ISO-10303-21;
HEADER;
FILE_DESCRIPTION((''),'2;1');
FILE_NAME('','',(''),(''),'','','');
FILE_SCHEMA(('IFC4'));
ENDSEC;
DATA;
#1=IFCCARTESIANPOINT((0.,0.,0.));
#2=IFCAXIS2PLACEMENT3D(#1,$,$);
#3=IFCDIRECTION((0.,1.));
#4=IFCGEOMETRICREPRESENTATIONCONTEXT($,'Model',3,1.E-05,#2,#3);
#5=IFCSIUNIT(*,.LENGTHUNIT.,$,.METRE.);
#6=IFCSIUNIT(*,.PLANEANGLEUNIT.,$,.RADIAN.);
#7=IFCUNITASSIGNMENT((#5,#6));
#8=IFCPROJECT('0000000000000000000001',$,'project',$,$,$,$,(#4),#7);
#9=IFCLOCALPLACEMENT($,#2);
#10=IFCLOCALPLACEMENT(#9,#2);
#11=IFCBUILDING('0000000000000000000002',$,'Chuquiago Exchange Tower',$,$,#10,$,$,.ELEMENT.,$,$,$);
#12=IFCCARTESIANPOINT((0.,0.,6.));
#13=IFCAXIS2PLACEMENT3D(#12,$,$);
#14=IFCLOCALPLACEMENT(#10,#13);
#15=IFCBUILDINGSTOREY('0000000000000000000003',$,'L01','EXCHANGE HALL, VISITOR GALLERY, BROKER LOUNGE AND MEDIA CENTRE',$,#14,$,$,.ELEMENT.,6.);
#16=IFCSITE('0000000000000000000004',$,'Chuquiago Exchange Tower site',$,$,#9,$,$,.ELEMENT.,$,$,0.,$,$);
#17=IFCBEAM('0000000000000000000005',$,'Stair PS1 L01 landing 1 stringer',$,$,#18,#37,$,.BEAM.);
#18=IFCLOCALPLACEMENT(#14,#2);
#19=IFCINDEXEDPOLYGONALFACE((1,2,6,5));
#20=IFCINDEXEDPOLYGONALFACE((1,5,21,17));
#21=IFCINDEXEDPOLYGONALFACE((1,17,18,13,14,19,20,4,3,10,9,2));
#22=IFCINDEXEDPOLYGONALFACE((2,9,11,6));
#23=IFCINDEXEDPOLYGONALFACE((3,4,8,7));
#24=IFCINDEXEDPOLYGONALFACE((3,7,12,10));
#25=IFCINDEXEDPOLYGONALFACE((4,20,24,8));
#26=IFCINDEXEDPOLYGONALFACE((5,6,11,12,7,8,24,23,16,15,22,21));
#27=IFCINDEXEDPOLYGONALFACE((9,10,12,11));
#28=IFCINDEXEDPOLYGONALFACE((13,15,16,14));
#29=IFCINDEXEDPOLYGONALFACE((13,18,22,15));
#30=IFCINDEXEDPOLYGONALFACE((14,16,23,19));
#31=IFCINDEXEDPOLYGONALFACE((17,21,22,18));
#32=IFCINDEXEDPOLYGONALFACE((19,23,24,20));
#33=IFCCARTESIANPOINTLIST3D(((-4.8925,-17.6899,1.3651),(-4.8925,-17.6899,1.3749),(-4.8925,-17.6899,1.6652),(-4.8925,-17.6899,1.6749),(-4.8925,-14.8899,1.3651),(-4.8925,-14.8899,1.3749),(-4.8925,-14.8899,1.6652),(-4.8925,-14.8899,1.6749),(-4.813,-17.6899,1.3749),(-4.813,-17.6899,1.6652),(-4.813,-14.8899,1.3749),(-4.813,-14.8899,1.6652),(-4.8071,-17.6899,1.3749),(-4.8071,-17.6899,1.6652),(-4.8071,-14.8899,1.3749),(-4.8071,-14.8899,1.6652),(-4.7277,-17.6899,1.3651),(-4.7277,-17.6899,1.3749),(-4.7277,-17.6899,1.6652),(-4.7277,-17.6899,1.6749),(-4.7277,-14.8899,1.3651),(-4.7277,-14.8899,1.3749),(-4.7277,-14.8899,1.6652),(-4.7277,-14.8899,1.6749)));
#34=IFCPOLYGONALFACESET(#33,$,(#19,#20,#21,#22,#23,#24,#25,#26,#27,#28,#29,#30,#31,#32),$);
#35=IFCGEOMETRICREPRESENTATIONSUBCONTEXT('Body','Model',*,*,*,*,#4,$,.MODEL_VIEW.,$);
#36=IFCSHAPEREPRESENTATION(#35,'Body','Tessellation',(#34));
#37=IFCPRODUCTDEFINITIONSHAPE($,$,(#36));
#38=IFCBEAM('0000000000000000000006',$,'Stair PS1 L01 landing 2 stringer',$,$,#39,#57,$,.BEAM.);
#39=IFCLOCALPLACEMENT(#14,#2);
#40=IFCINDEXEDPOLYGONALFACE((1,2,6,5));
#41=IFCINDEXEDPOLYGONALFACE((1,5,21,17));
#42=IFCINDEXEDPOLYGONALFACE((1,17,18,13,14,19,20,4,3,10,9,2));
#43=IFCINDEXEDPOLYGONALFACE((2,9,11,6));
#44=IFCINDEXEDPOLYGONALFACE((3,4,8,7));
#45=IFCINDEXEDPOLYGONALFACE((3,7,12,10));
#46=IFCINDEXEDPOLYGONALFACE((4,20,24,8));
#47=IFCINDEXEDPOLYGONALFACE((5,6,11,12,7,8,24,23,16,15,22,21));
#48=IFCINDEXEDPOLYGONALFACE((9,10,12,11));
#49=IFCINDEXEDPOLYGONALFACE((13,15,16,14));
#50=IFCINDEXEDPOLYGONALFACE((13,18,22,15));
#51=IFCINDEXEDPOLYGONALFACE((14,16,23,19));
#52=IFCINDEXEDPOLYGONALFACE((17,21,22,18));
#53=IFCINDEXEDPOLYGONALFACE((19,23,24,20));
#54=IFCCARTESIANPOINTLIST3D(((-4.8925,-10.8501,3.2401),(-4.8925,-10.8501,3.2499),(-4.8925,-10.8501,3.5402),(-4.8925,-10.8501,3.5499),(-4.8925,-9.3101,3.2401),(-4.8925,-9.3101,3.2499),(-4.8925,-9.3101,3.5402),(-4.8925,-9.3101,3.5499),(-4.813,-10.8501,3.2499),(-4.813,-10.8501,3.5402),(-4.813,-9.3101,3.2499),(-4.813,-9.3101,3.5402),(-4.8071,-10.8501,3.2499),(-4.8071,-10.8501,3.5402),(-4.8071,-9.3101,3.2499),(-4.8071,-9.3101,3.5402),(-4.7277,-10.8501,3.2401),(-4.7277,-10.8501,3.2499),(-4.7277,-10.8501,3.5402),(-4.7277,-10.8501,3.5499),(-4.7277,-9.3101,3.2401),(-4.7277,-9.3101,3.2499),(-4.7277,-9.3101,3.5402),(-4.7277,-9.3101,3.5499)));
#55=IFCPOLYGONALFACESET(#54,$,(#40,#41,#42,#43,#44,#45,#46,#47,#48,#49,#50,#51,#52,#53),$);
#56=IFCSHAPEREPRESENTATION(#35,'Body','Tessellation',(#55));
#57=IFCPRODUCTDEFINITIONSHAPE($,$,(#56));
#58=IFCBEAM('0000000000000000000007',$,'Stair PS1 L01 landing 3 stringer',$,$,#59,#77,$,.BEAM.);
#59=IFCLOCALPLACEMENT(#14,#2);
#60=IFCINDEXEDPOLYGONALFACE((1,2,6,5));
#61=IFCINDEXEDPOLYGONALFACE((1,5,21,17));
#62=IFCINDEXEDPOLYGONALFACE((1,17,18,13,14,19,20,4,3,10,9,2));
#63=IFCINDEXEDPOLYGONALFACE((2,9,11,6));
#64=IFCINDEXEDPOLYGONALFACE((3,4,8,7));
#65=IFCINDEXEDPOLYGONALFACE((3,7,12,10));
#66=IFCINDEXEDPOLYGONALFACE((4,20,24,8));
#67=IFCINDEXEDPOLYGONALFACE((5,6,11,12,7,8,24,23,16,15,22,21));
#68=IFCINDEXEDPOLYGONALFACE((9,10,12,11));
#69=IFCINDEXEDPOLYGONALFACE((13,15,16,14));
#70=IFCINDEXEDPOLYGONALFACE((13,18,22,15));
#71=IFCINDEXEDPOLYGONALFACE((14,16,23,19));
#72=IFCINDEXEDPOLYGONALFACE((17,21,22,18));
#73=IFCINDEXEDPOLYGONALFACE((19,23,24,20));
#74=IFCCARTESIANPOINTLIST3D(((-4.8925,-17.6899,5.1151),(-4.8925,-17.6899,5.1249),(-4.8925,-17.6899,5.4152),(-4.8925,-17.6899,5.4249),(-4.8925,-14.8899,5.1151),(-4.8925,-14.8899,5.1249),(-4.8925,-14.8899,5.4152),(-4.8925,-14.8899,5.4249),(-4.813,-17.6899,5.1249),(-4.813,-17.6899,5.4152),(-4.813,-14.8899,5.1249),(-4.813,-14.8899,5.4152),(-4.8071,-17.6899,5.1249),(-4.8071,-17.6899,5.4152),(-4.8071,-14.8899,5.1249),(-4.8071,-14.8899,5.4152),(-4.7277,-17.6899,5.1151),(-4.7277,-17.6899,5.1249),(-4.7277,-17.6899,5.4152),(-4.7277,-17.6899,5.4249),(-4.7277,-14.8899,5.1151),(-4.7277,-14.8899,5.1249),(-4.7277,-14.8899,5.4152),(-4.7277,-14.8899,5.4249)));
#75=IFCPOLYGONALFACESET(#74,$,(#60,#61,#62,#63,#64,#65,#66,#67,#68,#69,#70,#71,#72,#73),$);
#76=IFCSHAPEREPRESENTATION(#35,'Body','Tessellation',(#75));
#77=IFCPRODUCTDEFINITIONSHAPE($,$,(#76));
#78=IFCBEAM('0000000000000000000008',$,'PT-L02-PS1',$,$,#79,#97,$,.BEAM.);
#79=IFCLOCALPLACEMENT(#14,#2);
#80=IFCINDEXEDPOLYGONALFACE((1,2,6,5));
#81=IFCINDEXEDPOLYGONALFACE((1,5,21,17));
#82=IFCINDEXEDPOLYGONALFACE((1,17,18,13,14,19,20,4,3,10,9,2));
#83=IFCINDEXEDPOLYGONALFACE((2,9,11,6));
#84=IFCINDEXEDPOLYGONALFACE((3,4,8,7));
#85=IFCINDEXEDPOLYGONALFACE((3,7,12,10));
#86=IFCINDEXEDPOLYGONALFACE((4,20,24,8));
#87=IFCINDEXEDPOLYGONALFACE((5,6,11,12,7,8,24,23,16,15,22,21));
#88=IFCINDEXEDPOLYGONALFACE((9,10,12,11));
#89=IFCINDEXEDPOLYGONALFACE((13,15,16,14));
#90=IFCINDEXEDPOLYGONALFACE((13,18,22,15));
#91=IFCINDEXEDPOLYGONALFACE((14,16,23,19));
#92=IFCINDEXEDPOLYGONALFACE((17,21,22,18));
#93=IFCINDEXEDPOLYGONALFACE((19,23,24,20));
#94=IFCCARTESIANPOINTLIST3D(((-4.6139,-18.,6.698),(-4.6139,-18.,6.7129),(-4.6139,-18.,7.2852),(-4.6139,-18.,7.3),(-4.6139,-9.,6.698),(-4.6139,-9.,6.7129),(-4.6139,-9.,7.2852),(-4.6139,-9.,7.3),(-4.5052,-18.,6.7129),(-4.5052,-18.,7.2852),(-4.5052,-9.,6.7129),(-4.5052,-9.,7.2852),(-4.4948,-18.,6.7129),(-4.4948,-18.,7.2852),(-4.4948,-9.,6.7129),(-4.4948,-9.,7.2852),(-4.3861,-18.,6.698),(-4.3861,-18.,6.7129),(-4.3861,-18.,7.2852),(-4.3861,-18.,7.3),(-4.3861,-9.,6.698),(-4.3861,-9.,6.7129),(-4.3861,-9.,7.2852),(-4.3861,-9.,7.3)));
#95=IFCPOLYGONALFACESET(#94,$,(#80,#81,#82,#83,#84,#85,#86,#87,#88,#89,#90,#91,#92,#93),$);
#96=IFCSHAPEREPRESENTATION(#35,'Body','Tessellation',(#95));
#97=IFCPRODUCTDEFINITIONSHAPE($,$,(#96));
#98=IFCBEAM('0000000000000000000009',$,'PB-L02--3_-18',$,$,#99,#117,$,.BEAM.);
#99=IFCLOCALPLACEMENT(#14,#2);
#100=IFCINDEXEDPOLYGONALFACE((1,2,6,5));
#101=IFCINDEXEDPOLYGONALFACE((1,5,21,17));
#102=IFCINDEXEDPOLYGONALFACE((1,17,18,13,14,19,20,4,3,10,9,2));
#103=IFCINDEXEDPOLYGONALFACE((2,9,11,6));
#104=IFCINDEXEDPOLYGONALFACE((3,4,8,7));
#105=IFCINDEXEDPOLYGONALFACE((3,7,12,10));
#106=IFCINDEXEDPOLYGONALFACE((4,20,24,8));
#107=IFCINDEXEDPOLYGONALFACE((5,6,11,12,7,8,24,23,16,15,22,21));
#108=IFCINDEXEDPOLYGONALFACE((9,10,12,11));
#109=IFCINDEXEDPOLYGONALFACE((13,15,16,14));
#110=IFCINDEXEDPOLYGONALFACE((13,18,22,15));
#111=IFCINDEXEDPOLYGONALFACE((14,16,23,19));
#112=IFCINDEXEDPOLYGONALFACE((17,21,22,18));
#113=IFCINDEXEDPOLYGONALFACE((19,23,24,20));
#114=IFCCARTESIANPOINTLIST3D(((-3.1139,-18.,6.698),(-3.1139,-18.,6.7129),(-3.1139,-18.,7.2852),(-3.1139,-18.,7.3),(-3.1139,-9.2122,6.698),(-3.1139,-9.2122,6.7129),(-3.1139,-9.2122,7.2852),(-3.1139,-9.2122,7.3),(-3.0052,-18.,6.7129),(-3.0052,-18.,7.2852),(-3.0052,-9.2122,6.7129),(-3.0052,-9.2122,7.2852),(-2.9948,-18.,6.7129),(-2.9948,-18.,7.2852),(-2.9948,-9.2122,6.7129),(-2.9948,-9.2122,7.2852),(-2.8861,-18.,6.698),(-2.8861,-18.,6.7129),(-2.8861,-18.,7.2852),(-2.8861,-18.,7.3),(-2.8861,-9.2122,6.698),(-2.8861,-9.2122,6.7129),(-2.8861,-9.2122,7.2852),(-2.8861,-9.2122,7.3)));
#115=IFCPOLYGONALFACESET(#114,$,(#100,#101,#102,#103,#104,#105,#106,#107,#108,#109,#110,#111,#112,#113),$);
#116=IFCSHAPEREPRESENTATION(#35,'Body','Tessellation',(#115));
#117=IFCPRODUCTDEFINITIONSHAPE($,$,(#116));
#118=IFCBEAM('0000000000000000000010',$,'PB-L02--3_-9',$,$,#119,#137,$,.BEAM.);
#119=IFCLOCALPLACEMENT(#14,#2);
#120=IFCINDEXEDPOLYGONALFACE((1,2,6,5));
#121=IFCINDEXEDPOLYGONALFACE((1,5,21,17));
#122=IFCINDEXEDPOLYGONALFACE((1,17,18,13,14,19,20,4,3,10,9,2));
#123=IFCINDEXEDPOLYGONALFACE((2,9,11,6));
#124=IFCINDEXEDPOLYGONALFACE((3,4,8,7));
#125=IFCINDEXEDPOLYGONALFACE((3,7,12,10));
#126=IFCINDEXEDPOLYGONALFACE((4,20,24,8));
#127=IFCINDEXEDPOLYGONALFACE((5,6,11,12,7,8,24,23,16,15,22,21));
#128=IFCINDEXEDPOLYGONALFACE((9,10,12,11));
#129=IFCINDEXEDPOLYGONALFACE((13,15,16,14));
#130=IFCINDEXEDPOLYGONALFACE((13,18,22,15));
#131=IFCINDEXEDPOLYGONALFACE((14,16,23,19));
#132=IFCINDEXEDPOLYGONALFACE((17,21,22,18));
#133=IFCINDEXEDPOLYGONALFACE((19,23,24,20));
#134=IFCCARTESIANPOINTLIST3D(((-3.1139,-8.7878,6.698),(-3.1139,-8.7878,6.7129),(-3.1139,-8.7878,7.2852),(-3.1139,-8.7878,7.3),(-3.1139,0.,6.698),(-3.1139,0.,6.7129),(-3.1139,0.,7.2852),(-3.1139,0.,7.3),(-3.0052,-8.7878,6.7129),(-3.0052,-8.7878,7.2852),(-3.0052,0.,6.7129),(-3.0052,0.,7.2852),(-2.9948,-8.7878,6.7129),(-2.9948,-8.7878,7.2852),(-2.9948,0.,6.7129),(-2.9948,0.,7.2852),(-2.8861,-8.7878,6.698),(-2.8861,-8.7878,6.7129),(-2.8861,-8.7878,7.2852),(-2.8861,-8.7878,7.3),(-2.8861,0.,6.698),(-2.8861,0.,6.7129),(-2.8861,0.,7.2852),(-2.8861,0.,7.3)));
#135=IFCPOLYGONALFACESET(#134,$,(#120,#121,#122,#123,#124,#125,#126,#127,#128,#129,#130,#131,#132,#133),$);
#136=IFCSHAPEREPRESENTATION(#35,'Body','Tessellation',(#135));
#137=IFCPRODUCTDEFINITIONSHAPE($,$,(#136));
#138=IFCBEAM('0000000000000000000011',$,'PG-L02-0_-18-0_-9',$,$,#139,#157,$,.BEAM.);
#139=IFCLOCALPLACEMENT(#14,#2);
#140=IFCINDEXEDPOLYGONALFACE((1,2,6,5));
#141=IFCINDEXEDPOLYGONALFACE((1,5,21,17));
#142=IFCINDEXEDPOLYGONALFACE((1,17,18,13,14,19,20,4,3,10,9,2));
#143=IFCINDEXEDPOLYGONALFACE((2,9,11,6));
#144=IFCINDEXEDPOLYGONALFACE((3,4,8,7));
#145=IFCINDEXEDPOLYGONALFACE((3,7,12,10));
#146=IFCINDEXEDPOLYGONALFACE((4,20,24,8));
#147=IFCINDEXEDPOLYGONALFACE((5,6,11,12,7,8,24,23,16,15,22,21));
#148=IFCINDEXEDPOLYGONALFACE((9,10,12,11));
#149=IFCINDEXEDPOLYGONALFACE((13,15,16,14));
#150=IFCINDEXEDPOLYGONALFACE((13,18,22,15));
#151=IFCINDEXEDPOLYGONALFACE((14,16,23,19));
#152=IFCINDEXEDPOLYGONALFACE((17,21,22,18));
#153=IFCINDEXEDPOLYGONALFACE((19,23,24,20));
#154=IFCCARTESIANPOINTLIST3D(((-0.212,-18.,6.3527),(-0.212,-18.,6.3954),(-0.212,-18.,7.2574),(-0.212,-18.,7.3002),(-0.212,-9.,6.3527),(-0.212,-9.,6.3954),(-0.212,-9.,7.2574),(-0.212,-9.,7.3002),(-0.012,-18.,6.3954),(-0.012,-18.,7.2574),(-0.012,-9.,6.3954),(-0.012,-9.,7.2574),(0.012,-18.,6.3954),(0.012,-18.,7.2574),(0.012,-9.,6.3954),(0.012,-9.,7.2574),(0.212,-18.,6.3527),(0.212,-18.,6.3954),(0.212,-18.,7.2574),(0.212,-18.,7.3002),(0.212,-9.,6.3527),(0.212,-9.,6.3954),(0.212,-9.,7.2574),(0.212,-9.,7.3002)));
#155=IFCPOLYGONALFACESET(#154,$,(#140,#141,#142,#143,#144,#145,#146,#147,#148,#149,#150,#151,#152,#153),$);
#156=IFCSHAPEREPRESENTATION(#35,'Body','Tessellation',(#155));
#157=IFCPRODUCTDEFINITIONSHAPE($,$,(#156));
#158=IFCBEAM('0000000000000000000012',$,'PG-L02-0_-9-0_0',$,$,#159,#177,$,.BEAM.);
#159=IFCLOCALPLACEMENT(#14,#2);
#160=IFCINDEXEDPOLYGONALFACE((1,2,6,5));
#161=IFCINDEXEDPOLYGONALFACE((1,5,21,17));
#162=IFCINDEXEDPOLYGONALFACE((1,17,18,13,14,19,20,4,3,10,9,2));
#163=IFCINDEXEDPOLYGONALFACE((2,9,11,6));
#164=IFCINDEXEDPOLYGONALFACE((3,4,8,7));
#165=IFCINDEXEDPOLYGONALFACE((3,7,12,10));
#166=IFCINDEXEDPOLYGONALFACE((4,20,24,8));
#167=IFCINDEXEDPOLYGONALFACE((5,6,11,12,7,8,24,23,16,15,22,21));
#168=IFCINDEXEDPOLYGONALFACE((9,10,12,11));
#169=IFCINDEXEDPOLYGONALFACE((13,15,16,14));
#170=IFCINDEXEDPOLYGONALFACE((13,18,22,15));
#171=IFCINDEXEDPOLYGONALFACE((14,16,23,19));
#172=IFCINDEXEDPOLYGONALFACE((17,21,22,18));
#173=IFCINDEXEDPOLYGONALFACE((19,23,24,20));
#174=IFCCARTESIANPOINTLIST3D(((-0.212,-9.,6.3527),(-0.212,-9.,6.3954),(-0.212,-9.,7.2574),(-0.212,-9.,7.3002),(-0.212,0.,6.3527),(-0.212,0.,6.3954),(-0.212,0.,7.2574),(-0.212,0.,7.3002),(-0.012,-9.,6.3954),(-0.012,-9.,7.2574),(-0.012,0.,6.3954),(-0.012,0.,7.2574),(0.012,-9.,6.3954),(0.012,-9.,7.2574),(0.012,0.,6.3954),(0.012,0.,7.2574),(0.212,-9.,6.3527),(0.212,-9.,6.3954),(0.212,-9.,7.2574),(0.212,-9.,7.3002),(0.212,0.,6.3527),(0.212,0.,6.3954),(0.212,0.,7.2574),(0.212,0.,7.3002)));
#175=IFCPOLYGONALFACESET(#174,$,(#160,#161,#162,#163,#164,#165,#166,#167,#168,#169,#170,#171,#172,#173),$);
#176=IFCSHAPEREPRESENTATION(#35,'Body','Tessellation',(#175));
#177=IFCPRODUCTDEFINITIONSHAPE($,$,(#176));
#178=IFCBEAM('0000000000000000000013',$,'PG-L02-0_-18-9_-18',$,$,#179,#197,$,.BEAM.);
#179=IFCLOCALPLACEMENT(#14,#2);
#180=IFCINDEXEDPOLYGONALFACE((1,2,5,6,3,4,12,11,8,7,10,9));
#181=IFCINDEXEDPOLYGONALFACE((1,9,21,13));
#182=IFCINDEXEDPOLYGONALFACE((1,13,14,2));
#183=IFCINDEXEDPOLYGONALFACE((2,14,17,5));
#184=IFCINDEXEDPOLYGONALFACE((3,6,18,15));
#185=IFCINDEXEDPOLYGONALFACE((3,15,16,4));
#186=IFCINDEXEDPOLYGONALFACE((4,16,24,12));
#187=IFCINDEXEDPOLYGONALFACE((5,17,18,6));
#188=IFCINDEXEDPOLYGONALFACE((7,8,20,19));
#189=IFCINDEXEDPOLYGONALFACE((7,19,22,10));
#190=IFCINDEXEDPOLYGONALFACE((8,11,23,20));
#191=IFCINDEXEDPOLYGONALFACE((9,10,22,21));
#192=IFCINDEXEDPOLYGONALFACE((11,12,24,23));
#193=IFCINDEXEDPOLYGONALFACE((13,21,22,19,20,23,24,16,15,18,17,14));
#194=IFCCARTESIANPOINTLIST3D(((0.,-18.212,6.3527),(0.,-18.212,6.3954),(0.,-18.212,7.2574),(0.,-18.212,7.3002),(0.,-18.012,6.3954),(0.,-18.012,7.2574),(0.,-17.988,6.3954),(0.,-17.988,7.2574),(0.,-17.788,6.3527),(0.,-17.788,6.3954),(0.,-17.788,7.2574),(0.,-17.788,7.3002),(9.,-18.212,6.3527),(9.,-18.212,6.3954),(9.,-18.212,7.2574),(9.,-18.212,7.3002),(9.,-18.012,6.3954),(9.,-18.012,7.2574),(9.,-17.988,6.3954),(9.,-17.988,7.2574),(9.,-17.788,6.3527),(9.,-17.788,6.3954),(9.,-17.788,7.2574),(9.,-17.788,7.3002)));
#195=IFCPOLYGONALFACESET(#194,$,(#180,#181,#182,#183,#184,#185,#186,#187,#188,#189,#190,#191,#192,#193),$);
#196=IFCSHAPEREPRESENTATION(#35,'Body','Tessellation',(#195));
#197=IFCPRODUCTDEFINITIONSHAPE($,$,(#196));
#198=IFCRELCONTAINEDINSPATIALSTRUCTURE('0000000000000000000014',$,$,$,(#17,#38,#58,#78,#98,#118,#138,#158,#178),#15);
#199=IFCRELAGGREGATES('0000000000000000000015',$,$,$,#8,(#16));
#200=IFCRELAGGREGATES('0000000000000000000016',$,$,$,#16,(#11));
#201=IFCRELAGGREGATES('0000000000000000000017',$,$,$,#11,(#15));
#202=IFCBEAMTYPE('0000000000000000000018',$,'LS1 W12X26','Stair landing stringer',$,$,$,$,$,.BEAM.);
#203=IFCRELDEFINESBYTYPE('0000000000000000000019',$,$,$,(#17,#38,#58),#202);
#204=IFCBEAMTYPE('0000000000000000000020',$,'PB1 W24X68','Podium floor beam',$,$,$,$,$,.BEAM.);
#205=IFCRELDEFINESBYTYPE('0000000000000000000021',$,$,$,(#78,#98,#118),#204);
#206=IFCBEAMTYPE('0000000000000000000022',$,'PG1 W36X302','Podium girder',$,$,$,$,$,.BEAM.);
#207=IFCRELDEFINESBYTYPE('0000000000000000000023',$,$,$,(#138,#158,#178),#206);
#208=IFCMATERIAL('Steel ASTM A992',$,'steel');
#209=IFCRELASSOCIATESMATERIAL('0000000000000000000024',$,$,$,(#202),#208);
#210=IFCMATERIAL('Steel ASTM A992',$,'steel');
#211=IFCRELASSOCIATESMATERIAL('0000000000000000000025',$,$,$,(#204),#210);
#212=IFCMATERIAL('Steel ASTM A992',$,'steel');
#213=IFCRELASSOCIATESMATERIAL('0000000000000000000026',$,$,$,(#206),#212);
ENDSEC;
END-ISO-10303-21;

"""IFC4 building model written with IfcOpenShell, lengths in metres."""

from ifc_helpers import new_model, si_unit, direction, frame, origin, origin_2d, place, context, subcontext, project, spatial, i_section, extrude, material, material_profile, profile_set, type_object, element, save


model = new_model("IFC4")

# Units and contexts
model_context = context("Model", 3, precision=1e-05, world=origin(), true_north=direction((0.0, 1.0)))
body_context = subcontext(model_context, "Body", "Model", "MODEL_VIEW")
ifc_project = project(units=[si_unit("LENGTHUNIT", "METRE"), si_unit("PLANEANGLEUNIT", "RADIAN")], contexts=[model_context])

# Site, building, storey
site_placement = place(None, origin())
site = spatial("IfcSite", under=ifc_project, at=site_placement, Name="Chuquiago Exchange Tower site", CompositionType="ELEMENT", RefElevation=0.0)
building_placement = place(site_placement, origin())
building = spatial("IfcBuilding", under=site, at=building_placement, Name="Chuquiago Exchange Tower", CompositionType="ELEMENT")
storey_placement = place(building_placement, frame((0.0, 0.0, 6.0)))
storey = spatial("IfcBuildingStorey", under=building, at=storey_placement, Name="L01", Description="EXCHANGE HALL, VISITOR GALLERY, BROKER LOUNGE AND MEDIA CENTRE", CompositionType="ELEMENT", Elevation=6.0)

# Beams
ifc_material_1 = material(Name="Steel ASTM A992", Category="steel")
ifc_material_profile_1 = material_profile(ifc_material_1, i_section(OverallWidth=0.1648, OverallDepth=0.3098, WebThickness=0.0059, FlangeThickness=0.0098, at=origin_2d()), Name="W12X26")
ifc_profile_set_1 = profile_set([ifc_material_profile_1], Name="Steel ASTM A992")
beam_type_1 = type_object("IfcBeamType", Name="LS1 W12X26", Description="Stair landing stringer", PredefinedType="BEAM", material=ifc_profile_set_1)
beam_1_placement = place(storey_placement, frame((-4.8101, -17.6899, 1.52), z_axis=(0.0, 1.0, 0.0), x_axis=(-1.0, 0.0, 0.0)))
element("IfcBeam", 1, at=beam_1_placement, inside=storey, type_object=beam_type_1, Name="Stair PS1 L01 landing 1 stringer", PredefinedType="BEAM", context=body_context, shape_type="SweptSolid", body=[
    extrude(i_section(OverallWidth=0.1648, OverallDepth=0.3098, WebThickness=0.0059, FlangeThickness=0.0098, at=origin_2d()), origin(), (0.0, 0.0, 1.0), 2.8),
])
beam_2_placement = place(storey_placement, frame((-4.8101, -10.8501, 3.395), z_axis=(0.0, 1.0, 0.0), x_axis=(-1.0, 0.0, 0.0)))
element("IfcBeam", 2, at=beam_2_placement, inside=storey, type_object=beam_type_1, Name="Stair PS1 L01 landing 2 stringer", PredefinedType="BEAM", context=body_context, shape_type="SweptSolid", body=[
    extrude(i_section(OverallWidth=0.1648, OverallDepth=0.3098, WebThickness=0.0059, FlangeThickness=0.0098, at=origin_2d()), origin(), (0.0, 0.0, 1.0), 1.54),
])
beam_3_placement = place(storey_placement, frame((-4.8101, -17.6899, 5.27), z_axis=(0.0, 1.0, 0.0), x_axis=(-1.0, 0.0, 0.0)))
element("IfcBeam", 3, at=beam_3_placement, inside=storey, type_object=beam_type_1, Name="Stair PS1 L01 landing 3 stringer", PredefinedType="BEAM", context=body_context, shape_type="SweptSolid", body=[
    extrude(i_section(OverallWidth=0.1648, OverallDepth=0.3098, WebThickness=0.0059, FlangeThickness=0.0098, at=origin_2d()), origin(), (0.0, 0.0, 1.0), 2.8),
])
ifc_material_2 = material(Name="Steel ASTM A992", Category="steel")
ifc_material_profile_2 = material_profile(ifc_material_2, i_section(OverallWidth=0.2278, OverallDepth=0.6021, WebThickness=0.0105, FlangeThickness=0.0149, at=origin_2d()), Name="W24X68")
ifc_profile_set_2 = profile_set([ifc_material_profile_2], Name="Steel ASTM A992")
beam_type_2 = type_object("IfcBeamType", Name="PB1 W24X68", Description="Podium floor beam", PredefinedType="BEAM", material=ifc_profile_set_2)
beam_4_placement = place(storey_placement, frame((-4.5, -18.0, 6.999), z_axis=(0.0, 1.0, 0.0), x_axis=(-1.0, 0.0, 0.0)))
element("IfcBeam", 4, at=beam_4_placement, inside=storey, type_object=beam_type_2, Name="PT-L02-PS1", PredefinedType="BEAM", context=body_context, shape_type="SweptSolid", body=[
    extrude(i_section(OverallWidth=0.2278, OverallDepth=0.6021, WebThickness=0.0105, FlangeThickness=0.0149, at=origin_2d()), origin(), (0.0, 0.0, 1.0), 9.0),
])
for number, where, z_axis, x_axis, name in (
    (5, (-3.0, -18.0, 6.999), (0.0, 1.0, 0.0), (-1.0, 0.0, 0.0), "PB-L02--3_-18"),
    (6, (-3.0, -8.7878, 6.999), (0.0, 1.0, 0.0), (-1.0, 0.0, 0.0), "PB-L02--3_-9"),
):
    element("IfcBeam", number, at=place(storey_placement, frame(where, z_axis=z_axis, x_axis=x_axis)), inside=storey, type_object=beam_type_2, Name=name, PredefinedType="BEAM", context=body_context, shape_type="SweptSolid", body=[
        extrude(i_section(OverallWidth=0.2278, OverallDepth=0.6021, WebThickness=0.0105, FlangeThickness=0.0149, at=origin_2d()), origin(), (0.0, 0.0, 1.0), 8.7878),
    ])
ifc_material_3 = material(Name="Steel ASTM A992", Category="steel")
ifc_material_profile_3 = material_profile(ifc_material_3, i_section(OverallWidth=0.4241, OverallDepth=0.9475, WebThickness=0.0239, FlangeThickness=0.0427, at=origin_2d()), Name="W36X302")
ifc_profile_set_3 = profile_set([ifc_material_profile_3], Name="Steel ASTM A992")
beam_type_3 = type_object("IfcBeamType", Name="PG1 W36X302", Description="Podium girder", PredefinedType="BEAM", material=ifc_profile_set_3)
for number, where, z_axis, x_axis, name in (
    (7, (0.0, -18.0, 6.8264), (0.0, 1.0, 0.0), (-1.0, 0.0, 0.0), "PG-L02-0_-18-0_-9"),
    (8, (0.0, -9.0, 6.8264), (0.0, 1.0, 0.0), (-1.0, 0.0, 0.0), "PG-L02-0_-9-0_0"),
    (9, (0.0, -18.0, 6.8264), (1.0, 0.0, 0.0), (0.0, 1.0, 0.0), "PG-L02-0_-18-9_-18"),
):
    element("IfcBeam", number, at=place(storey_placement, frame(where, z_axis=z_axis, x_axis=x_axis)), inside=storey, type_object=beam_type_3, Name=name, PredefinedType="BEAM", context=body_context, shape_type="SweptSolid", body=[
        extrude(i_section(OverallWidth=0.4241, OverallDepth=0.9475, WebThickness=0.0239, FlangeThickness=0.0427, at=origin_2d()), origin(), (0.0, 0.0, 1.0), 9.0),
    ])

save(model, "model.ifc")
